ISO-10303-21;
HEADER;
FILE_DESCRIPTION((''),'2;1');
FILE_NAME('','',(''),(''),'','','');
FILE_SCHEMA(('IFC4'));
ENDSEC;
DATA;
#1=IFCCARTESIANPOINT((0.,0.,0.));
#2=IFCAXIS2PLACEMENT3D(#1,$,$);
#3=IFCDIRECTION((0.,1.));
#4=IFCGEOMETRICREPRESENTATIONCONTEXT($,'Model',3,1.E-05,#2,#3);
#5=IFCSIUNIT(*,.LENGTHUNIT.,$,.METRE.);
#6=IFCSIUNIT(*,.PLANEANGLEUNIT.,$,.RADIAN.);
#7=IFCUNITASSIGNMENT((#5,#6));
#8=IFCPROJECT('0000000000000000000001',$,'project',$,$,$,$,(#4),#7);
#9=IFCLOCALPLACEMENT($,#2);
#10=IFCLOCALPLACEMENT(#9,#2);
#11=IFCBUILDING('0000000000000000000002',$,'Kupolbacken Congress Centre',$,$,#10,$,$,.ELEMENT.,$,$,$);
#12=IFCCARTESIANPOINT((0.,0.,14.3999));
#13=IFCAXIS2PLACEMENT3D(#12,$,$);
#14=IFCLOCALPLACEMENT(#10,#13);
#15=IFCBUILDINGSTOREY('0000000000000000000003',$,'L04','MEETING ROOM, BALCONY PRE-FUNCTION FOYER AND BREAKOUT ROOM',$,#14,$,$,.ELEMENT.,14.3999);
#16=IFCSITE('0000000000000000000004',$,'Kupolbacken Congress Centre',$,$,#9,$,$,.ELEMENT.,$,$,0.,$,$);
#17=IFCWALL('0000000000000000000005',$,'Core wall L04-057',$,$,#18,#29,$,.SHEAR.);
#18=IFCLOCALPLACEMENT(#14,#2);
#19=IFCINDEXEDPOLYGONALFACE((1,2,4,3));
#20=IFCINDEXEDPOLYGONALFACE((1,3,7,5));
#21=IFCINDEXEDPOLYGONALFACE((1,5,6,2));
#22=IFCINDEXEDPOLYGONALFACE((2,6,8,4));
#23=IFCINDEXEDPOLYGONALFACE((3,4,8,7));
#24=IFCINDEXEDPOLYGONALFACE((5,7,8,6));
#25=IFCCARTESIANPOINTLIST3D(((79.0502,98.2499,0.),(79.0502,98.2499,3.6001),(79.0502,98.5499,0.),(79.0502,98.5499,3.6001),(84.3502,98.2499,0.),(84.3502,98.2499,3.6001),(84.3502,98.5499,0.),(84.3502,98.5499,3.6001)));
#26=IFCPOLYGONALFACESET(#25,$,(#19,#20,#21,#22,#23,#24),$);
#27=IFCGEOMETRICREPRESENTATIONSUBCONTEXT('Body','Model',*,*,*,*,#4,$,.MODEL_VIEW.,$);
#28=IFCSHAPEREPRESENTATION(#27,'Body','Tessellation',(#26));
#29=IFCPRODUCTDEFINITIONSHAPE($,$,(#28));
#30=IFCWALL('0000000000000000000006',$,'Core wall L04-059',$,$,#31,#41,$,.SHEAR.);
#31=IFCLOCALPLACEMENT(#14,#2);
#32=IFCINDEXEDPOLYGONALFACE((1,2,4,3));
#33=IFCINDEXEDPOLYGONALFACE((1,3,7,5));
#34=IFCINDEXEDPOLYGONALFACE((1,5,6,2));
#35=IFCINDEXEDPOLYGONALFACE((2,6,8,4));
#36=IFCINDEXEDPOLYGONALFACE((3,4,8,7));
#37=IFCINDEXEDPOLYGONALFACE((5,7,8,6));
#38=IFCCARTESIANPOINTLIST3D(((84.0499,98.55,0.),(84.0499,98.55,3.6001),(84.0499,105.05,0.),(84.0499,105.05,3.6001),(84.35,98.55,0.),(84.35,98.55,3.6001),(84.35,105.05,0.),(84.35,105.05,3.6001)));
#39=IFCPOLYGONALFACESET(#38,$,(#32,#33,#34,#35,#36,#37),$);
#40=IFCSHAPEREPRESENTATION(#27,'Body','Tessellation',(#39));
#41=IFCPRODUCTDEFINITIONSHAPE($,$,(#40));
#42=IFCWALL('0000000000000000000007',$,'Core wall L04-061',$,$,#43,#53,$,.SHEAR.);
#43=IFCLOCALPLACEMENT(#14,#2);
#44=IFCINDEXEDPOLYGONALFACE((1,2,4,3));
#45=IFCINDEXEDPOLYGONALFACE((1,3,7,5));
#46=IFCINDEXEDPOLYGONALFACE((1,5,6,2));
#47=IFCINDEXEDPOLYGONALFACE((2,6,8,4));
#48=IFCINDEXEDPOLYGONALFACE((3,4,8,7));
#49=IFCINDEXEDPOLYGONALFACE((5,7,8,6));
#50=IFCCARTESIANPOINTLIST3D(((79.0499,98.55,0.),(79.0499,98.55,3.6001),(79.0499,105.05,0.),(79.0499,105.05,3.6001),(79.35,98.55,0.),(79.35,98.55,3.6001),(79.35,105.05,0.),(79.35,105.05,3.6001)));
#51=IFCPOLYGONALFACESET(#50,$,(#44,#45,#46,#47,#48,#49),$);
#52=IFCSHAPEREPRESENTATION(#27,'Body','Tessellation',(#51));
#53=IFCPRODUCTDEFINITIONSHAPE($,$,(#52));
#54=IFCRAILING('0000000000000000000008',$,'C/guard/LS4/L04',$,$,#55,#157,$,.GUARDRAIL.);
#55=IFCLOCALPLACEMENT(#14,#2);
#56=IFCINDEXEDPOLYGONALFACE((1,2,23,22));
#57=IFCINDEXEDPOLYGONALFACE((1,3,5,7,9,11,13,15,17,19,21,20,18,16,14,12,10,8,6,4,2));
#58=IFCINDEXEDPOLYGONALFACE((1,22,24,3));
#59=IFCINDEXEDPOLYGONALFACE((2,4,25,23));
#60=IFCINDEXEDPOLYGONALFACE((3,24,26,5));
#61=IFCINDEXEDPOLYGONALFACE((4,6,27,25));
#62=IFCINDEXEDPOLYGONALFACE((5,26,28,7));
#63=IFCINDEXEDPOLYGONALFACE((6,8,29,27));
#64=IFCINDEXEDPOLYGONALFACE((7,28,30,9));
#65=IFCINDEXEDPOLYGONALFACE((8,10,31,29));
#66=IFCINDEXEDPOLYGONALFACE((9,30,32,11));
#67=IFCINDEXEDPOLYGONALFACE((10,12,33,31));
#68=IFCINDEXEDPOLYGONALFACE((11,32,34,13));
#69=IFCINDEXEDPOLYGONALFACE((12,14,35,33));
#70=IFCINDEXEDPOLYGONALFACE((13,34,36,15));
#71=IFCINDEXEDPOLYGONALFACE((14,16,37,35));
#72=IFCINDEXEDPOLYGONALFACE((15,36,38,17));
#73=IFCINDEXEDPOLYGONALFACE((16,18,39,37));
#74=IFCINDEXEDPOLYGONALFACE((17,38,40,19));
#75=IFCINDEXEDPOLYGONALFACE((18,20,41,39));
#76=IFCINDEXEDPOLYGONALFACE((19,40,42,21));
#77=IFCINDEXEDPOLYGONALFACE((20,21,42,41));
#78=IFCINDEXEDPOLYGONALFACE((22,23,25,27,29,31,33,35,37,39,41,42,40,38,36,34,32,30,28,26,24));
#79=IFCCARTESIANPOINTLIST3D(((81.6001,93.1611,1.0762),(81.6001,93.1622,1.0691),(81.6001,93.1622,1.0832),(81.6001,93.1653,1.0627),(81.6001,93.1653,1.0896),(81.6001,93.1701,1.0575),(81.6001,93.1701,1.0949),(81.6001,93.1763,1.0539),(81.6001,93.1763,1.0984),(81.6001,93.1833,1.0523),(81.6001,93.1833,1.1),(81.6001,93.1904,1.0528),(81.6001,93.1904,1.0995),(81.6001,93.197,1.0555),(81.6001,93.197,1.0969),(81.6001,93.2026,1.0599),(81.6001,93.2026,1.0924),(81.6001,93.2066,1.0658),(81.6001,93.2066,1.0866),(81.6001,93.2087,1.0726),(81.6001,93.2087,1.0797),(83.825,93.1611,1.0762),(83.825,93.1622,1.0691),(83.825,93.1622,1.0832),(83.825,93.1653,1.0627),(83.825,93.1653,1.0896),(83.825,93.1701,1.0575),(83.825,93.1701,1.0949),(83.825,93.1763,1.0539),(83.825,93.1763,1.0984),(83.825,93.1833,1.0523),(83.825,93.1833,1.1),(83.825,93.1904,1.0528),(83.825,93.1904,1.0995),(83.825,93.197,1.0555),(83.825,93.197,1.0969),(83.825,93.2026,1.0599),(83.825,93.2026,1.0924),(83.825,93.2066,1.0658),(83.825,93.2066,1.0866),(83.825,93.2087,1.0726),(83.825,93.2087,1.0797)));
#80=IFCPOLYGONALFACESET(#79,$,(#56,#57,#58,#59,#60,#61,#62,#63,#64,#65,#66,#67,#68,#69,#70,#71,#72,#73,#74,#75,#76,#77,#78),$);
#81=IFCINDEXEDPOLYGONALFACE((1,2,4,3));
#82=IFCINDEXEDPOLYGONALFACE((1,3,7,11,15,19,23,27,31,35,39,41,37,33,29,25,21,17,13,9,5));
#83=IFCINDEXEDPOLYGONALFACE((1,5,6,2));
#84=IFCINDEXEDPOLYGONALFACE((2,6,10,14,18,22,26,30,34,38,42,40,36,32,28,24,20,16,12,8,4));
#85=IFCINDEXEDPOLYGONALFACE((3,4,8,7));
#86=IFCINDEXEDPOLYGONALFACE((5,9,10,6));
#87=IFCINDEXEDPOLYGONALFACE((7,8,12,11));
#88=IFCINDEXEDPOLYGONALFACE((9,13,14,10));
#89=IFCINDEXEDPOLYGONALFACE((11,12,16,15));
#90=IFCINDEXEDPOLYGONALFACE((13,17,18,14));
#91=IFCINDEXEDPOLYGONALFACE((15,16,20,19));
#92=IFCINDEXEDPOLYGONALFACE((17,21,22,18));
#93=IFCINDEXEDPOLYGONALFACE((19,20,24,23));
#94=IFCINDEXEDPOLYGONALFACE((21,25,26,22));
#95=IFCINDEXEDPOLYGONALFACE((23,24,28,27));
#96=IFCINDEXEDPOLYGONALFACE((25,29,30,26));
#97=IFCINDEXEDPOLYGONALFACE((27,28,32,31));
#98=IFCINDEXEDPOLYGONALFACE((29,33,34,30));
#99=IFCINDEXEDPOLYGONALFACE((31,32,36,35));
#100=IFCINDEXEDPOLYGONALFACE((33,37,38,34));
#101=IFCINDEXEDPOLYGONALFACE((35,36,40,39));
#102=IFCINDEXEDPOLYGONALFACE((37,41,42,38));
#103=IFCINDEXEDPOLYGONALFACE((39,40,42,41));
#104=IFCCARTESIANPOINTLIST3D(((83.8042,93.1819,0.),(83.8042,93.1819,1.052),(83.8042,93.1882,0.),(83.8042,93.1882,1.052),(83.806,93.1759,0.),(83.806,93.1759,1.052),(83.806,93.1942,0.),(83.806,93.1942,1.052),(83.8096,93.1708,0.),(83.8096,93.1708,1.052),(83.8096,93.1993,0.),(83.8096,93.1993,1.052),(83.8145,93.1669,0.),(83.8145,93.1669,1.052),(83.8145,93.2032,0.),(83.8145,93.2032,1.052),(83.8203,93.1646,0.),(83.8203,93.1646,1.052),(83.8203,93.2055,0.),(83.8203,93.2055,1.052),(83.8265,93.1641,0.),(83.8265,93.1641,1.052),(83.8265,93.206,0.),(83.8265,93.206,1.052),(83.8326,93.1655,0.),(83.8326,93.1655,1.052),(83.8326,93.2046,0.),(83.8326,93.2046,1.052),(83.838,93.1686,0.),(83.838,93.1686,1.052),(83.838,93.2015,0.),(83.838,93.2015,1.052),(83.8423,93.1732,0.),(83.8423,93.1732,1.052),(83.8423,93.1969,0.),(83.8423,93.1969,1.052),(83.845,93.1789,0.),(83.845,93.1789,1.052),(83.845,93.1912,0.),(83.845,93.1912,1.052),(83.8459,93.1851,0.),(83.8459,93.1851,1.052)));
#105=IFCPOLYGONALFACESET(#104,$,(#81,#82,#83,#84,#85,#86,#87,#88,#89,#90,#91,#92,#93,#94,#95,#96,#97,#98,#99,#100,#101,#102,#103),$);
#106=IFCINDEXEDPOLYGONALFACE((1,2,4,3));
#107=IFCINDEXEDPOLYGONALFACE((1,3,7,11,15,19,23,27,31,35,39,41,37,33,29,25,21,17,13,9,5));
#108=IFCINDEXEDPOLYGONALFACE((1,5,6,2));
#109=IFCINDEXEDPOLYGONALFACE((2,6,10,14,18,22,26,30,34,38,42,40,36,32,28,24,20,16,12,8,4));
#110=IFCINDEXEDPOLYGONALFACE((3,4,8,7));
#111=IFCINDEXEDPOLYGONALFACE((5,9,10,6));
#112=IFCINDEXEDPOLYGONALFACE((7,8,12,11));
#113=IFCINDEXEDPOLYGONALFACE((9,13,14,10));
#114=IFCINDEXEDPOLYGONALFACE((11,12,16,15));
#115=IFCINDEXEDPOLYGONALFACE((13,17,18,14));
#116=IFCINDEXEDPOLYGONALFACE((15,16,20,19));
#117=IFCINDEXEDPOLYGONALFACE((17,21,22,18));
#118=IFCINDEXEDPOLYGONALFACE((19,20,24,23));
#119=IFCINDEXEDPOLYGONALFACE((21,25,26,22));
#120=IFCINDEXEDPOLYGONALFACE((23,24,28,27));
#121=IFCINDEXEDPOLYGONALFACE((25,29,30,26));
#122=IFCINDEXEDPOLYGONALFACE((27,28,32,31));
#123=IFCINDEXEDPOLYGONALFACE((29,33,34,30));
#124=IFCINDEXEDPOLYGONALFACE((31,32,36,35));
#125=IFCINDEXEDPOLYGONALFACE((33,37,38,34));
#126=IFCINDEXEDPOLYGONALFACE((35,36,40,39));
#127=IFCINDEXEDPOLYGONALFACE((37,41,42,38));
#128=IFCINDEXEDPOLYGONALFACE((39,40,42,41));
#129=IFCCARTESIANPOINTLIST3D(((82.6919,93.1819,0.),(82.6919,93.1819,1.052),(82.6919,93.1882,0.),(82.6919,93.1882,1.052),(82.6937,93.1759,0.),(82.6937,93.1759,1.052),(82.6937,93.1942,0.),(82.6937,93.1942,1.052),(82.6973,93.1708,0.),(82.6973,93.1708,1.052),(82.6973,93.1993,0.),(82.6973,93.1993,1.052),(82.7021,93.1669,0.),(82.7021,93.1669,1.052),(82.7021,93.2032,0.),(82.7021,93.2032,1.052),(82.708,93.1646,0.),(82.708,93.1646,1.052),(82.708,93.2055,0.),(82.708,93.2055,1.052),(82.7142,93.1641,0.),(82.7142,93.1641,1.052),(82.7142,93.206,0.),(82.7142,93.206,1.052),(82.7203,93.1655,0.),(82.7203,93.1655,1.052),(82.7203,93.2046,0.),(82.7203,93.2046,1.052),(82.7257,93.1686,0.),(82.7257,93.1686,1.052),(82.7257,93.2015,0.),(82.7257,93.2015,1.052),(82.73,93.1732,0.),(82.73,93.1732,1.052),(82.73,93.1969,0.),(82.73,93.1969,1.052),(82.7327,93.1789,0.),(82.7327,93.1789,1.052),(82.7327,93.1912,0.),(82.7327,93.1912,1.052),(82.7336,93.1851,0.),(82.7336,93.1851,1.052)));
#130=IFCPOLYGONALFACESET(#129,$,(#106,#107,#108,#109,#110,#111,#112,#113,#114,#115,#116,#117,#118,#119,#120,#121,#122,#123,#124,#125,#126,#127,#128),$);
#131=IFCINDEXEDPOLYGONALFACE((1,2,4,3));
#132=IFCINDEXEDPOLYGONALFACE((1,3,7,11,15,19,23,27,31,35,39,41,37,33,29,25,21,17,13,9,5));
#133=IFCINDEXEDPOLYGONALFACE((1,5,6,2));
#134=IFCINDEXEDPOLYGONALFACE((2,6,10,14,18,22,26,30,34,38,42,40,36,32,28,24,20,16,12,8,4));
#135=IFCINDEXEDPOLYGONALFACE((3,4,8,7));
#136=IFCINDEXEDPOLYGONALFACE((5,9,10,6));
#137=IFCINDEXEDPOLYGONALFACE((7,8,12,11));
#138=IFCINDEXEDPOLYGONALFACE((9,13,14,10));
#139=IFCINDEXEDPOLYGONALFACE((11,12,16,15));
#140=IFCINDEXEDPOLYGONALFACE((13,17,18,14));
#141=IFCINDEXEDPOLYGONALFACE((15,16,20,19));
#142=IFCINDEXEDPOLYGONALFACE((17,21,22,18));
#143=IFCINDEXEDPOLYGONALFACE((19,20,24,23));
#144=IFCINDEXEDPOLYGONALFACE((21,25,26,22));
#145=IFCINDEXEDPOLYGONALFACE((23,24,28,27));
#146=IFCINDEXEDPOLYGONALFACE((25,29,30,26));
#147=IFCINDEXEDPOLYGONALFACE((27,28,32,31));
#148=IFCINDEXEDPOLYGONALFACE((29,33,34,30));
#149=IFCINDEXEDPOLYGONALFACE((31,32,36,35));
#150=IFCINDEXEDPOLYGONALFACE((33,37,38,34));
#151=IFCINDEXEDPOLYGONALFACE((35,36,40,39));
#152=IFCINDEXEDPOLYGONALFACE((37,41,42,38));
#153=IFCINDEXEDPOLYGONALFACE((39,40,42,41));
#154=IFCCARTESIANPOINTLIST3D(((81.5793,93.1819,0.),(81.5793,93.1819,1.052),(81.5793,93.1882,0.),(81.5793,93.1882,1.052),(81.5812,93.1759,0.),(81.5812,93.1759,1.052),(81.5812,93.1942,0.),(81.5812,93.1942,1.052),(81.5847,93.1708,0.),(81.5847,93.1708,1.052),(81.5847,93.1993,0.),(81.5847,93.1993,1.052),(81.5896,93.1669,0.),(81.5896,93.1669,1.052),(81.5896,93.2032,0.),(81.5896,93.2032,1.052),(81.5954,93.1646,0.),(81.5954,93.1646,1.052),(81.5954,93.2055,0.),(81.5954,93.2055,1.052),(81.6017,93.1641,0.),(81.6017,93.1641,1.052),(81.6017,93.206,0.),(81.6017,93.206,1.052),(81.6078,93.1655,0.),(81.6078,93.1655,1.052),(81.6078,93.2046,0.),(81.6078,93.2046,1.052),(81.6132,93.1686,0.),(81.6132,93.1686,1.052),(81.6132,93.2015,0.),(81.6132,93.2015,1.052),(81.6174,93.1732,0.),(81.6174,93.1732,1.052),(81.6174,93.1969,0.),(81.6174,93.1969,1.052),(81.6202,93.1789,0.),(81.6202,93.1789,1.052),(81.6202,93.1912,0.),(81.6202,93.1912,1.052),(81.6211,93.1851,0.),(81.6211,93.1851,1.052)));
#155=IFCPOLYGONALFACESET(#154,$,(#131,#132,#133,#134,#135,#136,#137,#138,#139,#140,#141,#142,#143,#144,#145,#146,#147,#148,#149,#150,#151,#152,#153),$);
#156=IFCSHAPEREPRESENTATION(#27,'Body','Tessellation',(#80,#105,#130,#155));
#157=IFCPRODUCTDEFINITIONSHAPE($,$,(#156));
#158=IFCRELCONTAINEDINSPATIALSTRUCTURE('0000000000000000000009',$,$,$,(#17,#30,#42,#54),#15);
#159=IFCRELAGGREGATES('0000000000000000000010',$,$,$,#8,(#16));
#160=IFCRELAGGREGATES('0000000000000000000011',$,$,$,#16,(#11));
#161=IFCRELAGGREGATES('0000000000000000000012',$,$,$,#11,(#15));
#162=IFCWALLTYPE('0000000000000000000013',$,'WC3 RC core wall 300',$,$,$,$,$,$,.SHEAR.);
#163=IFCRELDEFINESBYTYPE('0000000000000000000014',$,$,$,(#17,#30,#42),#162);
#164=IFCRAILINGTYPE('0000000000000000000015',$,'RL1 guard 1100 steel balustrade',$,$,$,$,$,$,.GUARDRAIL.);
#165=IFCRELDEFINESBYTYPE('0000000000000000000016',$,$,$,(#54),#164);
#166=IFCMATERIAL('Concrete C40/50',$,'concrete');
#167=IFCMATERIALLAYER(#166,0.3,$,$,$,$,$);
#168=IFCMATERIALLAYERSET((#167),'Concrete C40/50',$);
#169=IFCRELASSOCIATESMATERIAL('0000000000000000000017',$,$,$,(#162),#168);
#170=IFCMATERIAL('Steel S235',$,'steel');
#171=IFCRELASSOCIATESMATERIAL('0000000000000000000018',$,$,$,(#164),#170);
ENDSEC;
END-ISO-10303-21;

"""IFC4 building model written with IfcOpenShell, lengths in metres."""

from ifc_helpers import new_model, si_unit, direction, frame, frame_2d, origin, origin_2d, place, context, subcontext, project, spatial, rectangle, circle, extrude, material, layer, layer_set, type_object, element, save


model = new_model("IFC4")

# Units and contexts
model_context = context("Model", 3, precision=1e-05, world=origin(), true_north=direction((0.0, 1.0)))
body_context = subcontext(model_context, "Body", "Model", "MODEL_VIEW")
ifc_project = project(units=[si_unit("LENGTHUNIT", "METRE"), si_unit("PLANEANGLEUNIT", "RADIAN")], contexts=[model_context])

# Site, building, storey
site_placement = place(None, origin())
site = spatial("IfcSite", under=ifc_project, at=site_placement, Name="Kupolbacken Congress Centre", CompositionType="ELEMENT", RefElevation=0.0)
building_placement = place(site_placement, origin())
building = spatial("IfcBuilding", under=site, at=building_placement, Name="Kupolbacken Congress Centre", CompositionType="ELEMENT")
storey_placement = place(building_placement, frame((0.0, 0.0, 14.3999)))
storey = spatial("IfcBuildingStorey", under=building, at=storey_placement, Name="L04", Description="MEETING ROOM, BALCONY PRE-FUNCTION FOYER AND BREAKOUT ROOM", CompositionType="ELEMENT", Elevation=14.3999)

# Walls
ifc_material_1 = material(Name="Concrete C40/50", Category="concrete")
ifc_layer_1 = layer(ifc_material_1, 0.3)
ifc_layer_set_1 = layer_set([ifc_layer_1], Name="Concrete C40/50")
wall_type_1 = type_object("IfcWallType", Name="WC3 RC core wall 300", PredefinedType="SHEAR", material=ifc_layer_set_1)
wall_1_placement = place(storey_placement, frame((84.3501, 98.3999, 0.0), z_axis=(0.0, 0.0, 1.0), x_axis=(-1.0, 0.0, 0.0)))
element("IfcWall", 1, at=wall_1_placement, inside=storey, type_object=wall_type_1, Name="Core wall L04-057", PredefinedType="SHEAR", context=body_context, shape_type="SweptSolid", body=[
    extrude(rectangle(XDim=5.3, YDim=0.3, at=frame_2d((2.6499, 0.0))), origin(), (0.0, 0.0, 1.0), 3.6001),
])
for number, where, z_axis, x_axis, name in (
    (2, (84.2, 98.55, 0.0), (0.0, 0.0, 1.0), (0.0, 1.0, 0.0), "Core wall L04-059"),
    (3, (79.2, 105.05, 0.0), (0.0, 0.0, 1.0), (0.0, -1.0, 0.0), "Core wall L04-061"),
):
    element("IfcWall", number, at=place(storey_placement, frame(where, z_axis=z_axis, x_axis=x_axis)), inside=storey, type_object=wall_type_1, Name=name, PredefinedType="SHEAR", context=body_context, shape_type="SweptSolid", body=[
        extrude(rectangle(XDim=6.5, YDim=0.3, at=frame_2d((3.25, 0.0))), origin(), (0.0, 0.0, 1.0), 3.6001),
    ])

# Railing
ifc_material_2 = material(Name="Steel S235", Category="steel")
railing_type = type_object("IfcRailingType", Name="RL1 guard 1100 steel balustrade", PredefinedType="GUARDRAIL", material=ifc_material_2)
railing_1_placement = place(storey_placement, frame((83.825, 93.1851, 0.0)))
element("IfcRailing", 4, at=railing_1_placement, inside=storey, type_object=railing_type, Name="C/guard/LS4/L04", PredefinedType="GUARDRAIL", context=body_context, shape_type="SweptSolid", body=[
    extrude(circle(Radius=0.0239, at=origin_2d()), frame((0.0, 0.0, 1.0762), z_axis=(-1.0, 0.0, 0.0), x_axis=(0.0, -1.0, 0.0)), (0.0, 0.0, 1.0), 2.2249),
    extrude(circle(Radius=0.021, at=origin_2d()), origin(), (0.0, 0.0, 1.0), 1.052),
    extrude(circle(Radius=0.021, at=origin_2d()), frame((-1.1123, 0.0, 0.0)), (0.0, 0.0, 1.0), 1.052),
    extrude(circle(Radius=0.021, at=origin_2d()), frame((-2.2249, 0.0, 0.0)), (0.0, 0.0, 1.0), 1.052),
])

save(model, "model.ifc")
